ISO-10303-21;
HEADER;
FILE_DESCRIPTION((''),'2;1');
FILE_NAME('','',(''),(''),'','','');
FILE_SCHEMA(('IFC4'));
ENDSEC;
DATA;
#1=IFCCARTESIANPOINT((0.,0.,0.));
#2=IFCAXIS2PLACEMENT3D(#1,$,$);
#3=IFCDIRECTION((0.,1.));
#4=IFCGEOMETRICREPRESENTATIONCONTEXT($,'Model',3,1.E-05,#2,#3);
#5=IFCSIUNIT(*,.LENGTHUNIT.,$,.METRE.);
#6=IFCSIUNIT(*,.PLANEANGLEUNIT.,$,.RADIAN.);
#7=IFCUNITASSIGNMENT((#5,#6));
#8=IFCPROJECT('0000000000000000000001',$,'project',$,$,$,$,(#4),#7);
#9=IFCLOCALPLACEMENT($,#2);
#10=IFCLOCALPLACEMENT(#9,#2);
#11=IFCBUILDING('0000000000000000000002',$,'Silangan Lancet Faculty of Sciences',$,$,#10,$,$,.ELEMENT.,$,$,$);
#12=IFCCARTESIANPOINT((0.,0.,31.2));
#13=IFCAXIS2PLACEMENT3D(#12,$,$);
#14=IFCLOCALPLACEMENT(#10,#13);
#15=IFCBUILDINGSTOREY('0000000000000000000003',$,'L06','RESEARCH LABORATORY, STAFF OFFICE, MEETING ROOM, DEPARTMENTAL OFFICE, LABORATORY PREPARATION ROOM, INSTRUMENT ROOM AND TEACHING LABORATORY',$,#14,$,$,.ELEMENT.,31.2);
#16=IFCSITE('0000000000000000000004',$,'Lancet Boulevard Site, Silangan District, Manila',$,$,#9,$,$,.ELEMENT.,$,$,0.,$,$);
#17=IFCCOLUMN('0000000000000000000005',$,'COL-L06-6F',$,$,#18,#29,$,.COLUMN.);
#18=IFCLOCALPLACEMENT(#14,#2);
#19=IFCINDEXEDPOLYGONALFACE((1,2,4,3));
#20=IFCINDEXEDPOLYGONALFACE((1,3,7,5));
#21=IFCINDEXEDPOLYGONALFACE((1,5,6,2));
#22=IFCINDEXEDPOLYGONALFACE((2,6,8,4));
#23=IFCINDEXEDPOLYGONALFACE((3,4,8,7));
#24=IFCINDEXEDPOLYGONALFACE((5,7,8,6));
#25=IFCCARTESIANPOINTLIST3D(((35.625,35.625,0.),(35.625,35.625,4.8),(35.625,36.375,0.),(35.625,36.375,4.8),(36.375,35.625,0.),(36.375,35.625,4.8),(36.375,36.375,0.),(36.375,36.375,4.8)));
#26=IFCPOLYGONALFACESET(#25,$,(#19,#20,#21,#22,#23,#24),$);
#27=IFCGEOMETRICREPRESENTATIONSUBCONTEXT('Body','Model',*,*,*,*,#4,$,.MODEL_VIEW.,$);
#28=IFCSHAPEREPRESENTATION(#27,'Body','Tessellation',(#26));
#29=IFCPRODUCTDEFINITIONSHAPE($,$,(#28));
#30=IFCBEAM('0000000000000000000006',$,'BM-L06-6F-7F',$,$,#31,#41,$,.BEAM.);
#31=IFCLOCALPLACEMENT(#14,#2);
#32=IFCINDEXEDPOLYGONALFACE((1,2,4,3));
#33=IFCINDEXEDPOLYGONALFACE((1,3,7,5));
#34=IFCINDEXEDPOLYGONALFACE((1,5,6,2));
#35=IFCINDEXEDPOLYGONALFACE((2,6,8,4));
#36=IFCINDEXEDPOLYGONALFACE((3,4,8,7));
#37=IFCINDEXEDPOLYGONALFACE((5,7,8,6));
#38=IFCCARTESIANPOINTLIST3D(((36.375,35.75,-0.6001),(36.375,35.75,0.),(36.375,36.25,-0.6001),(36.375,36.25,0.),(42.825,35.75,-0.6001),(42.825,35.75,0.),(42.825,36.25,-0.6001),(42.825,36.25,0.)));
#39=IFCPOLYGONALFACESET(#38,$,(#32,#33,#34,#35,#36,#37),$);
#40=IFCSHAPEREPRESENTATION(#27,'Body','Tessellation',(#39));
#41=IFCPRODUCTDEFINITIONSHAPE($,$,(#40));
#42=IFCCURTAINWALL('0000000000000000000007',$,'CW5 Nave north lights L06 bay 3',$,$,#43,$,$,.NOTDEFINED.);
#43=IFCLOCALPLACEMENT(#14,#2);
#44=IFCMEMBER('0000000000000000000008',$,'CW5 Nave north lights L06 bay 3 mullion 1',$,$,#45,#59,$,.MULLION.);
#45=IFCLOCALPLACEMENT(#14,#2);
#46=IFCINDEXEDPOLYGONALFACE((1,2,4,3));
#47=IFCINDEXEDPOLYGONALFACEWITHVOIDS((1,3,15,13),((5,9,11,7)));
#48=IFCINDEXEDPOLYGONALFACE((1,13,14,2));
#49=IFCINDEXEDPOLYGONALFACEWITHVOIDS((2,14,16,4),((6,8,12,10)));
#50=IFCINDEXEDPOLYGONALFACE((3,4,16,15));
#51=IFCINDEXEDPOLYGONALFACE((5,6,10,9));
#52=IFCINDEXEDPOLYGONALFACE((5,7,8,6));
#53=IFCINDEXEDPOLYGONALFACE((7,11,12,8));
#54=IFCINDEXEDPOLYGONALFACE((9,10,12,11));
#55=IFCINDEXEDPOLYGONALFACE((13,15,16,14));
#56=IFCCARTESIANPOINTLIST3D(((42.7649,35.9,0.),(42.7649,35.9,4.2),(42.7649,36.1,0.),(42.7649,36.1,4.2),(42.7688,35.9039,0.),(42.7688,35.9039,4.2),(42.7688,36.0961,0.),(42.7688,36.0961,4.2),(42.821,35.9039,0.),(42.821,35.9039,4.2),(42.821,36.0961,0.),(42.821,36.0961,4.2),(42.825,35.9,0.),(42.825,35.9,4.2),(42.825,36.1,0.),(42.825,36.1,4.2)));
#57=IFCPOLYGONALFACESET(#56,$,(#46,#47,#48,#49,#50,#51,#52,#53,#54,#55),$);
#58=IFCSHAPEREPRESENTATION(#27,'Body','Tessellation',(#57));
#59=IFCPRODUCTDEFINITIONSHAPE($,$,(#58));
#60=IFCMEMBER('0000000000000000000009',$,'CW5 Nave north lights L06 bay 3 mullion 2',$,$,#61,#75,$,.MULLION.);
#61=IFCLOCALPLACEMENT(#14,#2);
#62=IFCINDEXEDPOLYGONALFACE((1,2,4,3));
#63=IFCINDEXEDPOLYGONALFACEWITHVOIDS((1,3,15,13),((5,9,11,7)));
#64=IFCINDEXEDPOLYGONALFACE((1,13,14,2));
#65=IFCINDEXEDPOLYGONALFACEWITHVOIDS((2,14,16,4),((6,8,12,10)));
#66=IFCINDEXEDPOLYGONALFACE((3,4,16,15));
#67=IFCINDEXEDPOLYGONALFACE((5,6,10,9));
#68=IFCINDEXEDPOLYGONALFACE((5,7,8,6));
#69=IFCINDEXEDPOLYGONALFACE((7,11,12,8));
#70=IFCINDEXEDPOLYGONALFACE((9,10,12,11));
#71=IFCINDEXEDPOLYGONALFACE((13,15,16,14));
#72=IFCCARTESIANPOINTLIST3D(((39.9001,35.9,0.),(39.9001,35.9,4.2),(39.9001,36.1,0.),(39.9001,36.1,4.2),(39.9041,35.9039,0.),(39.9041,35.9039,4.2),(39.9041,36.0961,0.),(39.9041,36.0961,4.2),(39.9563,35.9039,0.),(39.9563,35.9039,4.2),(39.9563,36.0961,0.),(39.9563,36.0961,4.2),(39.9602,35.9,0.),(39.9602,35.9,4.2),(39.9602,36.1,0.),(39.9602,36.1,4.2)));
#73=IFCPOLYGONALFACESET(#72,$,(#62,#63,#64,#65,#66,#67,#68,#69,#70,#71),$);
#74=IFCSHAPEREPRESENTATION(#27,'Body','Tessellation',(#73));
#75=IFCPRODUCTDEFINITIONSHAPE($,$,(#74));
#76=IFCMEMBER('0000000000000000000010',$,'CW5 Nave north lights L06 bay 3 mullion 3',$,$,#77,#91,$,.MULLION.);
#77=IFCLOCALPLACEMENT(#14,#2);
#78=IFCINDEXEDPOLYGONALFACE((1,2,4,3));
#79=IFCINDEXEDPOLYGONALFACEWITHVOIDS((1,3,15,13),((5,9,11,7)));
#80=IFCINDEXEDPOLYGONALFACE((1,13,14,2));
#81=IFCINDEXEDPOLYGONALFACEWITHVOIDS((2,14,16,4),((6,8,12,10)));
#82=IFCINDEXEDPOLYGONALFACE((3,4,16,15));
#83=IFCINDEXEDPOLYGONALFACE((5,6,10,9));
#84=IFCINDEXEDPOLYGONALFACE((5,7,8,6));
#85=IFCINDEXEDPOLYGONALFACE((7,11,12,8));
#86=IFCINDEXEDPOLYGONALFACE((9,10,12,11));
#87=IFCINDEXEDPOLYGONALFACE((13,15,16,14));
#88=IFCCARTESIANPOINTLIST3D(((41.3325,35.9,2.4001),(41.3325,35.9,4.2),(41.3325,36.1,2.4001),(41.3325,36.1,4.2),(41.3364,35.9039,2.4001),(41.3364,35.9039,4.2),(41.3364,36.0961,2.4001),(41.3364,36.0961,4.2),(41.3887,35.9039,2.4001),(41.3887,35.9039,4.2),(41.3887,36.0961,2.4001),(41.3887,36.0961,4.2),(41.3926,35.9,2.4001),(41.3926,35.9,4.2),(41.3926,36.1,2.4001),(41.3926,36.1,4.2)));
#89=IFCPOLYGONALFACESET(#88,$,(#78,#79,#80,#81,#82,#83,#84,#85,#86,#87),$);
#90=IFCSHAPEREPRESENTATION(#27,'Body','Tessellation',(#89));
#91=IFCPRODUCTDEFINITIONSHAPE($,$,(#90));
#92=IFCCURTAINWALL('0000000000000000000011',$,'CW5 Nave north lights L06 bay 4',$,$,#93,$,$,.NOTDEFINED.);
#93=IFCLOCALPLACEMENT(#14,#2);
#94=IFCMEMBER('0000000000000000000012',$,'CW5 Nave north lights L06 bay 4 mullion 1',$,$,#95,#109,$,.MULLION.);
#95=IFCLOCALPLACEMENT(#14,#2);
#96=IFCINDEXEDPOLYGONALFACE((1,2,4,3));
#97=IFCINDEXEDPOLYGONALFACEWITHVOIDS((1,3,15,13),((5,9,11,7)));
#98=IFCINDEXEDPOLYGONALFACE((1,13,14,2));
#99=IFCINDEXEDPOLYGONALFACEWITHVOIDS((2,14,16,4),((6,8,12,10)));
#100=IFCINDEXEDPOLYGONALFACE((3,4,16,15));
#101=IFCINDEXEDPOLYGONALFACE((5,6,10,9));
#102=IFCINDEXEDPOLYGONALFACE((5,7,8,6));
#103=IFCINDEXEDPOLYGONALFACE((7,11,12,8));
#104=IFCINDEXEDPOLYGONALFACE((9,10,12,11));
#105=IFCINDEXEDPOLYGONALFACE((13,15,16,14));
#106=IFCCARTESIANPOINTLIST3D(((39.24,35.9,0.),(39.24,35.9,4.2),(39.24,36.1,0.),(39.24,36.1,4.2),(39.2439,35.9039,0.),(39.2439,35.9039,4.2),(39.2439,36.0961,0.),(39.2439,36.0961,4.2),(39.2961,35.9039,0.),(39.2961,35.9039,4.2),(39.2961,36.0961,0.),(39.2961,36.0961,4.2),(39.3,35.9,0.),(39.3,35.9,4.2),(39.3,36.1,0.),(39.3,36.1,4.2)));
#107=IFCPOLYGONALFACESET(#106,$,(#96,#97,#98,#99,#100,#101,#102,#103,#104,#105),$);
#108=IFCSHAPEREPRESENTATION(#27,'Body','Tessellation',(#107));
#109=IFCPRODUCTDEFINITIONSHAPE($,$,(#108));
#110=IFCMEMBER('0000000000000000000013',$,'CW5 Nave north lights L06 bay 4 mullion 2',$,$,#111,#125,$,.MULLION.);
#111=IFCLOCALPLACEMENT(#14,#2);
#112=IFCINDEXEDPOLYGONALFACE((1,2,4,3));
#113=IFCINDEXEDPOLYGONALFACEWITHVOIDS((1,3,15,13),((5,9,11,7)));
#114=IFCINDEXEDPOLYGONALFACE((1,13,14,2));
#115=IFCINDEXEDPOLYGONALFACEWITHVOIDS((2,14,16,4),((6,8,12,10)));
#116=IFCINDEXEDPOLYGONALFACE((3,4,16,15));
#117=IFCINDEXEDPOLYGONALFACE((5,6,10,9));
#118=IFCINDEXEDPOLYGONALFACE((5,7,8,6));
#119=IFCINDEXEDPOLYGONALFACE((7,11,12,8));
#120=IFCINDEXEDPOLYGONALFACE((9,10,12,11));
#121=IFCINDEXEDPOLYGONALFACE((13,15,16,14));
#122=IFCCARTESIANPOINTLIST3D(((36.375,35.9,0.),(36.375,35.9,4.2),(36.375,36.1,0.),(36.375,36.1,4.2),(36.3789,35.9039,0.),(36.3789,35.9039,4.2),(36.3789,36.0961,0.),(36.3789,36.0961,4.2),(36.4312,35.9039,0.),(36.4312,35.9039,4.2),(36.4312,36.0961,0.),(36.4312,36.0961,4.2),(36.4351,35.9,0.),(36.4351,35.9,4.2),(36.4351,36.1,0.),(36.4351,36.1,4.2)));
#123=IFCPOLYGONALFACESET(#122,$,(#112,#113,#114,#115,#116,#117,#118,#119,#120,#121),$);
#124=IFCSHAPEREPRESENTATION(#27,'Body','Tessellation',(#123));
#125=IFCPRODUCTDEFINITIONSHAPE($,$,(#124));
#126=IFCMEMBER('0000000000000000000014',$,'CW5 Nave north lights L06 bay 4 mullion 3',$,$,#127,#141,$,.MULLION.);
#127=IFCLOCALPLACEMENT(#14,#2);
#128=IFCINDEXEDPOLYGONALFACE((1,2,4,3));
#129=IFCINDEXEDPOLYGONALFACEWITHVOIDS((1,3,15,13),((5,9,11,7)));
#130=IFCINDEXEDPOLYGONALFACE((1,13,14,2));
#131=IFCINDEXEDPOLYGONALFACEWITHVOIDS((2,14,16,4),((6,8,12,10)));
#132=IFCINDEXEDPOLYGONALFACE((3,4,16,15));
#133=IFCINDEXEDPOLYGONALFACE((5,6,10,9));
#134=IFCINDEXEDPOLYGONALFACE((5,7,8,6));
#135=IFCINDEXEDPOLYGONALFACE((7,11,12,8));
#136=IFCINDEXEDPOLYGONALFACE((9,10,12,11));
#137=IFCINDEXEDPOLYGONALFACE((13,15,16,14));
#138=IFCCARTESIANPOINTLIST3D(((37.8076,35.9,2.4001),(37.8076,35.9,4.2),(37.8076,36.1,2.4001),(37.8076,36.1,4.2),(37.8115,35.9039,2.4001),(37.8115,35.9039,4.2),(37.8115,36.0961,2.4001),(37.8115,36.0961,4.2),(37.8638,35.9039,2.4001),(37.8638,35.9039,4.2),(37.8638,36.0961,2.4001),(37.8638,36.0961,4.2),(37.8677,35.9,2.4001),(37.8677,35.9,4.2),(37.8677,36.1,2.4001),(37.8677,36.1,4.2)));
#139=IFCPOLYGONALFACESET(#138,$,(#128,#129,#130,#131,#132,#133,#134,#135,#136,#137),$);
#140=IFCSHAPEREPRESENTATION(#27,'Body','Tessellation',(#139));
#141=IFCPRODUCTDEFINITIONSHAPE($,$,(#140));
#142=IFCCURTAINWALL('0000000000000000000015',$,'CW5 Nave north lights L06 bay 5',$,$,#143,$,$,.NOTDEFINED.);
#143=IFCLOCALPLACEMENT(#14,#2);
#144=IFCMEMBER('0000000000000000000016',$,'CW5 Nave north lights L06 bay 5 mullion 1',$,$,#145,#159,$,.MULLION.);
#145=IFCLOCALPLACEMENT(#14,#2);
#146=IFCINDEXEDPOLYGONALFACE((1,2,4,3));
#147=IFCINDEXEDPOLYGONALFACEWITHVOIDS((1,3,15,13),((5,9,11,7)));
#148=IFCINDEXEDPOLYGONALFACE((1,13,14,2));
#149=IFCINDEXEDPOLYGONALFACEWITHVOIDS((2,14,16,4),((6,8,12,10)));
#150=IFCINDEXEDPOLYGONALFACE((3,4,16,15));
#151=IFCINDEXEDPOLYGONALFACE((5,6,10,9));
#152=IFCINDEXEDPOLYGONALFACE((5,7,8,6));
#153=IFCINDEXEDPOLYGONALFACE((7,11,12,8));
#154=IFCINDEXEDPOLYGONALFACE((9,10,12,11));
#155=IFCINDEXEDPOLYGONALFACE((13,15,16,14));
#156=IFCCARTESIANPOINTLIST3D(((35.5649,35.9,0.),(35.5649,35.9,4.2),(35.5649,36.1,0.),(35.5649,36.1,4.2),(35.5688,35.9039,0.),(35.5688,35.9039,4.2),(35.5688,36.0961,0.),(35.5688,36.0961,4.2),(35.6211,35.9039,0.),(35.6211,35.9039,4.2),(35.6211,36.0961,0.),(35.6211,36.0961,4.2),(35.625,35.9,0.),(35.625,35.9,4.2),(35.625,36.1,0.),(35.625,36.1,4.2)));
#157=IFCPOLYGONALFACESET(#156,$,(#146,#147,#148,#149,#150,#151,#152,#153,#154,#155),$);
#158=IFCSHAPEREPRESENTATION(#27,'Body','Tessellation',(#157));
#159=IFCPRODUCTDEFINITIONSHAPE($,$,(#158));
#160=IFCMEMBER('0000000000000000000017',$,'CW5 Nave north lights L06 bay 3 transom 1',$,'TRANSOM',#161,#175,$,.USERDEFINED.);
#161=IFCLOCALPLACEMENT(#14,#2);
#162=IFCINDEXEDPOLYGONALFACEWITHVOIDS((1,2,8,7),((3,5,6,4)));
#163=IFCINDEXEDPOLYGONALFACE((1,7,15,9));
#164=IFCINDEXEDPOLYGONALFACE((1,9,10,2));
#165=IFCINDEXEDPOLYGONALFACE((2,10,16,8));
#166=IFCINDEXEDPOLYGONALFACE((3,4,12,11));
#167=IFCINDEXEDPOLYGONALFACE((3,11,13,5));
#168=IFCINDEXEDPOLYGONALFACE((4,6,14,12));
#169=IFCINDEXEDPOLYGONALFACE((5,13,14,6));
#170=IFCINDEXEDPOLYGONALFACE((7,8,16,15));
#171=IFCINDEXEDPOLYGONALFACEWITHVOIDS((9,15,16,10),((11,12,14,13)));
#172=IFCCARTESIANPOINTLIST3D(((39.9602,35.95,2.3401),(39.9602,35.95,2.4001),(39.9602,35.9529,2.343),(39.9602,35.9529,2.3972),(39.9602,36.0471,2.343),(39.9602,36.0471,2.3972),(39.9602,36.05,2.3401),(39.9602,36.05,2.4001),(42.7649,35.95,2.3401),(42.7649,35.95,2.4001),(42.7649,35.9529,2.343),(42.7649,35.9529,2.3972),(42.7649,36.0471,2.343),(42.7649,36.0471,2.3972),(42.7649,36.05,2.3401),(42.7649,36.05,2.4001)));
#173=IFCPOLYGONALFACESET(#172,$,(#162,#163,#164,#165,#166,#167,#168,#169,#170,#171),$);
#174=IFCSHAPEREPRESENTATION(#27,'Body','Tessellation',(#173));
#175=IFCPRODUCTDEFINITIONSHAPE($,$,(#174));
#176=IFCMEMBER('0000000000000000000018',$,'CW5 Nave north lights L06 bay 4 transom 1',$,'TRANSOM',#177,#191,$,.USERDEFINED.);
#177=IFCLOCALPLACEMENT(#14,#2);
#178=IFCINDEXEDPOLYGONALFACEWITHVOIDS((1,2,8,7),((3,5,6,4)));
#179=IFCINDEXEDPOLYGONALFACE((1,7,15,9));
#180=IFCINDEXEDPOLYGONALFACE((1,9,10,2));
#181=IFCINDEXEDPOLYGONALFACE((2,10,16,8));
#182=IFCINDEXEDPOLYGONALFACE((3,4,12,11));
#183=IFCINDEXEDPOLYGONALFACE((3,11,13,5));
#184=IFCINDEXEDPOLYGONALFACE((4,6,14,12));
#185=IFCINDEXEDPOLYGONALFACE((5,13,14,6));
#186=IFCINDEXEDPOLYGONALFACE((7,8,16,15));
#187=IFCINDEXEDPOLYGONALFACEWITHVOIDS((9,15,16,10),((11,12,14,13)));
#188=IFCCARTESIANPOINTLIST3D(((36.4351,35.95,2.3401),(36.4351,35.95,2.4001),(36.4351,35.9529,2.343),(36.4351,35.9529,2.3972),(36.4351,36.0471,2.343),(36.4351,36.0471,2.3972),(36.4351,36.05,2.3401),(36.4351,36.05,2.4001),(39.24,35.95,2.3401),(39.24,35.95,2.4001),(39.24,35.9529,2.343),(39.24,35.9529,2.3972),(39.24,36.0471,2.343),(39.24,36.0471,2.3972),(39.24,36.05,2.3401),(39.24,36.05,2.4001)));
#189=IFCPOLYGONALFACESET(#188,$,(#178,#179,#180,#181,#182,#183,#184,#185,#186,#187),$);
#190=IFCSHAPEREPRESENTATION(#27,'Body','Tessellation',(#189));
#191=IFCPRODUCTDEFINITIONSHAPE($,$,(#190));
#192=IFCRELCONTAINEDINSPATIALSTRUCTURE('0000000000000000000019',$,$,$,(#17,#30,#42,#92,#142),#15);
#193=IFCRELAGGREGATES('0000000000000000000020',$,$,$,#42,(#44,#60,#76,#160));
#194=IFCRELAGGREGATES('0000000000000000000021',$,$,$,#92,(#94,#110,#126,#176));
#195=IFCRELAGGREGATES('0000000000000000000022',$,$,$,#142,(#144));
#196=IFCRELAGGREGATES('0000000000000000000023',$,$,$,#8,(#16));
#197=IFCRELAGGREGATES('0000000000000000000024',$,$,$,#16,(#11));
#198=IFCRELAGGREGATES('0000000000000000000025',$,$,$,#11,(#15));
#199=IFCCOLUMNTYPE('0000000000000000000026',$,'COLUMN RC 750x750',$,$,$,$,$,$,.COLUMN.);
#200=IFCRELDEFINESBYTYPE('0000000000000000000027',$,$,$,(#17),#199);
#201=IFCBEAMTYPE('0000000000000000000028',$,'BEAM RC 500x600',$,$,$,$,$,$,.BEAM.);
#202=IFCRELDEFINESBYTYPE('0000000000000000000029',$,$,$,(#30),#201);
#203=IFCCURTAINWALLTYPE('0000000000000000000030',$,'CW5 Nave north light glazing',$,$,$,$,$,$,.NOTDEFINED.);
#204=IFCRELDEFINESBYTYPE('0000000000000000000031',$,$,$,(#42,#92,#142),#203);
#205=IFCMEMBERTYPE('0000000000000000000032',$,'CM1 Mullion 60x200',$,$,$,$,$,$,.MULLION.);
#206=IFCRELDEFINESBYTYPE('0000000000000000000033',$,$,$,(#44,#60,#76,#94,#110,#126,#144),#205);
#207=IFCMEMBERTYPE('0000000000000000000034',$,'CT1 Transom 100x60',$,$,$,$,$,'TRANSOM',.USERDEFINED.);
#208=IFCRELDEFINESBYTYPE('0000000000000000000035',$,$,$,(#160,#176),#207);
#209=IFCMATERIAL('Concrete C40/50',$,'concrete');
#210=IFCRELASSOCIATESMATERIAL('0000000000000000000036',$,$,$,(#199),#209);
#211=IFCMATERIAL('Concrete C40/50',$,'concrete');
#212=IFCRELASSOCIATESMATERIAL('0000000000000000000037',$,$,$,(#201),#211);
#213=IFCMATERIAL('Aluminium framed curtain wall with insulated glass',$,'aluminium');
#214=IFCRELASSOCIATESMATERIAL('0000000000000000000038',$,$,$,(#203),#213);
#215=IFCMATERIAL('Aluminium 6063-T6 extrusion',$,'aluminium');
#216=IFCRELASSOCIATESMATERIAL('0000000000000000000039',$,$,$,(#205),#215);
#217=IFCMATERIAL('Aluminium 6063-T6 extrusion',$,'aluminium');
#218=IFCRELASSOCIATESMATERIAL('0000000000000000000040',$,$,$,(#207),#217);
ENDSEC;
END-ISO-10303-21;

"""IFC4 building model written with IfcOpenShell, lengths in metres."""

from ifc_helpers import new_model, si_unit, direction, frame, origin, origin_2d, place, context, subcontext, project, spatial, rectangle, hollow_rectangle, extrude, material, material_profile, profile_set, type_object, element, aggregate, save


model = new_model("IFC4")

# Units and contexts
model_context = context("Model", 3, precision=1e-05, world=origin(), true_north=direction((0.0, 1.0)))
body_context = subcontext(model_context, "Body", "Model", "MODEL_VIEW")
ifc_project = project(units=[si_unit("LENGTHUNIT", "METRE"), si_unit("PLANEANGLEUNIT", "RADIAN")], contexts=[model_context])

# Site, building, storey
site_placement = place(None, origin())
site = spatial("IfcSite", under=ifc_project, at=site_placement, Name="Lancet Boulevard Site, Silangan District, Manila", CompositionType="ELEMENT", RefElevation=0.0)
building_placement = place(site_placement, origin())
building = spatial("IfcBuilding", under=site, at=building_placement, Name="Silangan Lancet Faculty of Sciences", CompositionType="ELEMENT")
storey_placement = place(building_placement, frame((0.0, 0.0, 31.2)))
storey = spatial("IfcBuildingStorey", under=building, at=storey_placement, Name="L06", Description="RESEARCH LABORATORY, STAFF OFFICE, MEETING ROOM, DEPARTMENTAL OFFICE, LABORATORY PREPARATION ROOM, INSTRUMENT ROOM AND TEACHING LABORATORY", CompositionType="ELEMENT", Elevation=31.2)

# Column
ifc_material_1 = material(Name="Concrete C40/50", Category="concrete")
ifc_material_profile_1 = material_profile(ifc_material_1, rectangle(XDim=0.75, YDim=0.75, at=origin_2d()), Name="RC 750x750")
ifc_profile_set_1 = profile_set([ifc_material_profile_1], Name="Concrete C40/50")
column_type = type_object("IfcColumnType", Name="COLUMN RC 750x750", PredefinedType="COLUMN", material=ifc_profile_set_1)
column_placement = place(storey_placement, frame((36.0, 36.0, 0.0), z_axis=(0.0, 0.0, 1.0), x_axis=(1.0, 0.0, 0.0)))
element("IfcColumn", 1, at=column_placement, inside=storey, type_object=column_type, Name="COL-L06-6F", PredefinedType="COLUMN", context=body_context, shape_type="SweptSolid", body=[
    extrude(rectangle(XDim=0.75, YDim=0.75, at=origin_2d()), origin(), (0.0, 0.0, 1.0), 4.8),
])

# Beam
ifc_material_2 = material(Name="Concrete C40/50", Category="concrete")
ifc_material_profile_2 = material_profile(ifc_material_2, rectangle(XDim=0.5, YDim=0.6001, at=origin_2d()), Name="RC 500x600")
ifc_profile_set_2 = profile_set([ifc_material_profile_2], Name="Concrete C40/50")
beam_type = type_object("IfcBeamType", Name="BEAM RC 500x600", PredefinedType="BEAM", material=ifc_profile_set_2)
beam_placement = place(storey_placement, frame((36.375, 36.0, -0.3), z_axis=(1.0, 0.0, 0.0), x_axis=(0.0, 1.0, 0.0)))
element("IfcBeam", 2, at=beam_placement, inside=storey, type_object=beam_type, Name="BM-L06-6F-7F", PredefinedType="BEAM", context=body_context, shape_type="SweptSolid", body=[
    extrude(rectangle(XDim=0.5, YDim=0.6001, at=origin_2d()), origin(), (0.0, 0.0, 1.0), 6.45),
])

# Curtain walls, members
ifc_material_3 = material(Name="Aluminium framed curtain wall with insulated glass", Category="aluminium")
curtain_wall_type = type_object("IfcCurtainWallType", Name="CW5 Nave north light glazing", PredefinedType="NOTDEFINED", material=ifc_material_3)
curtain_wall_1_placement = place(storey_placement, origin())
curtain_wall_1 = element("IfcCurtainWall", 3, at=curtain_wall_1_placement, inside=storey, type_object=curtain_wall_type, Name="CW5 Nave north lights L06 bay 3", PredefinedType="NOTDEFINED")
ifc_material_4 = material(Name="Aluminium 6063-T6 extrusion", Category="aluminium")
ifc_material_profile_3 = material_profile(ifc_material_4, hollow_rectangle(XDim=0.0601, YDim=0.2, WallThickness=0.0039, at=origin_2d()), Name="AL BOX 60x200x4")
ifc_profile_set_3 = profile_set([ifc_material_profile_3], Name="Aluminium 6063-T6 extrusion")
member_type_1 = type_object("IfcMemberType", Name="CM1 Mullion 60x200", PredefinedType="MULLION", material=ifc_profile_set_3)
member_1_placement = place(storey_placement, frame((42.7949, 36.0, 0.0), z_axis=(0.0, 0.0, 1.0), x_axis=(-1.0, 0.0, 0.0)))
member_1 = element("IfcMember", 4, at=member_1_placement, type_object=member_type_1, Name="CW5 Nave north lights L06 bay 3 mullion 1", PredefinedType="MULLION", context=body_context, shape_type="SweptSolid", body=[
    extrude(hollow_rectangle(XDim=0.0601, YDim=0.2, WallThickness=0.0039, at=origin_2d()), origin(), (0.0, 0.0, 1.0), 4.2),
])
member_2_placement = place(storey_placement, frame((39.9302, 36.0, 0.0), z_axis=(0.0, 0.0, 1.0), x_axis=(-1.0, 0.0, 0.0)))
member_2 = element("IfcMember", 5, at=member_2_placement, type_object=member_type_1, Name="CW5 Nave north lights L06 bay 3 mullion 2", PredefinedType="MULLION", context=body_context, shape_type="SweptSolid", body=[
    extrude(hollow_rectangle(XDim=0.0601, YDim=0.2, WallThickness=0.0039, at=origin_2d()), origin(), (0.0, 0.0, 1.0), 4.2),
])
member_3_placement = place(storey_placement, frame((41.3625, 36.0, 2.4001), z_axis=(0.0, 0.0, 1.0), x_axis=(-1.0, 0.0, 0.0)))
member_3 = element("IfcMember", 6, at=member_3_placement, type_object=member_type_1, Name="CW5 Nave north lights L06 bay 3 mullion 3", PredefinedType="MULLION", context=body_context, shape_type="SweptSolid", body=[
    extrude(hollow_rectangle(XDim=0.0601, YDim=0.2, WallThickness=0.0039, at=origin_2d()), origin(), (0.0, 0.0, 1.0), 1.7998),
])
curtain_wall_2_placement = place(storey_placement, origin())
curtain_wall_2 = element("IfcCurtainWall", 7, at=curtain_wall_2_placement, inside=storey, type_object=curtain_wall_type, Name="CW5 Nave north lights L06 bay 4", PredefinedType="NOTDEFINED")
member_4_placement = place(storey_placement, frame((39.27, 36.0, 0.0), z_axis=(0.0, 0.0, 1.0), x_axis=(-1.0, 0.0, 0.0)))
member_4 = element("IfcMember", 8, at=member_4_placement, type_object=member_type_1, Name="CW5 Nave north lights L06 bay 4 mullion 1", PredefinedType="MULLION", context=body_context, shape_type="SweptSolid", body=[
    extrude(hollow_rectangle(XDim=0.0601, YDim=0.2, WallThickness=0.0039, at=origin_2d()), origin(), (0.0, 0.0, 1.0), 4.2),
])
member_5_placement = place(storey_placement, frame((36.405, 36.0, 0.0), z_axis=(0.0, 0.0, 1.0), x_axis=(-1.0, 0.0, 0.0)))
member_5 = element("IfcMember", 9, at=member_5_placement, type_object=member_type_1, Name="CW5 Nave north lights L06 bay 4 mullion 2", PredefinedType="MULLION", context=body_context, shape_type="SweptSolid", body=[
    extrude(hollow_rectangle(XDim=0.0601, YDim=0.2, WallThickness=0.0039, at=origin_2d()), origin(), (0.0, 0.0, 1.0), 4.2),
])
member_6_placement = place(storey_placement, frame((37.8376, 36.0, 2.4001), z_axis=(0.0, 0.0, 1.0), x_axis=(-1.0, 0.0, 0.0)))
member_6 = element("IfcMember", 10, at=member_6_placement, type_object=member_type_1, Name="CW5 Nave north lights L06 bay 4 mullion 3", PredefinedType="MULLION", context=body_context, shape_type="SweptSolid", body=[
    extrude(hollow_rectangle(XDim=0.0601, YDim=0.2, WallThickness=0.0039, at=origin_2d()), origin(), (0.0, 0.0, 1.0), 1.7998),
])

# Curtain wall, member
curtain_wall_3_placement = place(storey_placement, origin())
curtain_wall_3 = element("IfcCurtainWall", 11, at=curtain_wall_3_placement, inside=storey, type_object=curtain_wall_type, Name="CW5 Nave north lights L06 bay 5", PredefinedType="NOTDEFINED")
member_7_placement = place(storey_placement, frame((35.595, 36.0, 0.0), z_axis=(0.0, 0.0, 1.0), x_axis=(-1.0, 0.0, 0.0)))
member_7 = element("IfcMember", 12, at=member_7_placement, type_object=member_type_1, Name="CW5 Nave north lights L06 bay 5 mullion 1", PredefinedType="MULLION", context=body_context, shape_type="SweptSolid", body=[
    extrude(hollow_rectangle(XDim=0.0601, YDim=0.2, WallThickness=0.0039, at=origin_2d()), origin(), (0.0, 0.0, 1.0), 4.2),
])

# Members
ifc_material_5 = material(Name="Aluminium 6063-T6 extrusion", Category="aluminium")
ifc_material_profile_4 = material_profile(ifc_material_5, hollow_rectangle(XDim=0.1001, YDim=0.0601, WallThickness=0.0029, at=origin_2d()), Name="AL BOX 100x60x3")
ifc_profile_set_4 = profile_set([ifc_material_profile_4], Name="Aluminium 6063-T6 extrusion")
member_type_2 = type_object("IfcMemberType", Name="CT1 Transom 100x60", ElementType="TRANSOM", PredefinedType="USERDEFINED", material=ifc_profile_set_4)
member_8_placement = place(storey_placement, frame((42.7649, 36.0, 2.3701), z_axis=(-1.0, 0.0, 0.0), x_axis=(0.0, -1.0, 0.0)))
member_8 = element("IfcMember", 13, at=member_8_placement, type_object=member_type_2, Name="CW5 Nave north lights L06 bay 3 transom 1", ObjectType="TRANSOM", PredefinedType="USERDEFINED", context=body_context, shape_type="SweptSolid", body=[
    extrude(hollow_rectangle(XDim=0.1001, YDim=0.0601, WallThickness=0.0029, at=origin_2d()), origin(), (0.0, 0.0, 1.0), 2.8047),
])
member_9_placement = place(storey_placement, frame((39.24, 36.0, 2.3701), z_axis=(-1.0, 0.0, 0.0), x_axis=(0.0, -1.0, 0.0)))
member_9 = element("IfcMember", 14, at=member_9_placement, type_object=member_type_2, Name="CW5 Nave north lights L06 bay 4 transom 1", ObjectType="TRANSOM", PredefinedType="USERDEFINED", context=body_context, shape_type="SweptSolid", body=[
    extrude(hollow_rectangle(XDim=0.1001, YDim=0.0601, WallThickness=0.0029, at=origin_2d()), origin(), (0.0, 0.0, 1.0), 2.8049),
])

aggregate(curtain_wall_1, [member_1, member_2, member_3, member_8])
aggregate(curtain_wall_2, [member_4, member_5, member_6, member_9])
aggregate(curtain_wall_3, [member_7])

save(model, "model.ifc")
